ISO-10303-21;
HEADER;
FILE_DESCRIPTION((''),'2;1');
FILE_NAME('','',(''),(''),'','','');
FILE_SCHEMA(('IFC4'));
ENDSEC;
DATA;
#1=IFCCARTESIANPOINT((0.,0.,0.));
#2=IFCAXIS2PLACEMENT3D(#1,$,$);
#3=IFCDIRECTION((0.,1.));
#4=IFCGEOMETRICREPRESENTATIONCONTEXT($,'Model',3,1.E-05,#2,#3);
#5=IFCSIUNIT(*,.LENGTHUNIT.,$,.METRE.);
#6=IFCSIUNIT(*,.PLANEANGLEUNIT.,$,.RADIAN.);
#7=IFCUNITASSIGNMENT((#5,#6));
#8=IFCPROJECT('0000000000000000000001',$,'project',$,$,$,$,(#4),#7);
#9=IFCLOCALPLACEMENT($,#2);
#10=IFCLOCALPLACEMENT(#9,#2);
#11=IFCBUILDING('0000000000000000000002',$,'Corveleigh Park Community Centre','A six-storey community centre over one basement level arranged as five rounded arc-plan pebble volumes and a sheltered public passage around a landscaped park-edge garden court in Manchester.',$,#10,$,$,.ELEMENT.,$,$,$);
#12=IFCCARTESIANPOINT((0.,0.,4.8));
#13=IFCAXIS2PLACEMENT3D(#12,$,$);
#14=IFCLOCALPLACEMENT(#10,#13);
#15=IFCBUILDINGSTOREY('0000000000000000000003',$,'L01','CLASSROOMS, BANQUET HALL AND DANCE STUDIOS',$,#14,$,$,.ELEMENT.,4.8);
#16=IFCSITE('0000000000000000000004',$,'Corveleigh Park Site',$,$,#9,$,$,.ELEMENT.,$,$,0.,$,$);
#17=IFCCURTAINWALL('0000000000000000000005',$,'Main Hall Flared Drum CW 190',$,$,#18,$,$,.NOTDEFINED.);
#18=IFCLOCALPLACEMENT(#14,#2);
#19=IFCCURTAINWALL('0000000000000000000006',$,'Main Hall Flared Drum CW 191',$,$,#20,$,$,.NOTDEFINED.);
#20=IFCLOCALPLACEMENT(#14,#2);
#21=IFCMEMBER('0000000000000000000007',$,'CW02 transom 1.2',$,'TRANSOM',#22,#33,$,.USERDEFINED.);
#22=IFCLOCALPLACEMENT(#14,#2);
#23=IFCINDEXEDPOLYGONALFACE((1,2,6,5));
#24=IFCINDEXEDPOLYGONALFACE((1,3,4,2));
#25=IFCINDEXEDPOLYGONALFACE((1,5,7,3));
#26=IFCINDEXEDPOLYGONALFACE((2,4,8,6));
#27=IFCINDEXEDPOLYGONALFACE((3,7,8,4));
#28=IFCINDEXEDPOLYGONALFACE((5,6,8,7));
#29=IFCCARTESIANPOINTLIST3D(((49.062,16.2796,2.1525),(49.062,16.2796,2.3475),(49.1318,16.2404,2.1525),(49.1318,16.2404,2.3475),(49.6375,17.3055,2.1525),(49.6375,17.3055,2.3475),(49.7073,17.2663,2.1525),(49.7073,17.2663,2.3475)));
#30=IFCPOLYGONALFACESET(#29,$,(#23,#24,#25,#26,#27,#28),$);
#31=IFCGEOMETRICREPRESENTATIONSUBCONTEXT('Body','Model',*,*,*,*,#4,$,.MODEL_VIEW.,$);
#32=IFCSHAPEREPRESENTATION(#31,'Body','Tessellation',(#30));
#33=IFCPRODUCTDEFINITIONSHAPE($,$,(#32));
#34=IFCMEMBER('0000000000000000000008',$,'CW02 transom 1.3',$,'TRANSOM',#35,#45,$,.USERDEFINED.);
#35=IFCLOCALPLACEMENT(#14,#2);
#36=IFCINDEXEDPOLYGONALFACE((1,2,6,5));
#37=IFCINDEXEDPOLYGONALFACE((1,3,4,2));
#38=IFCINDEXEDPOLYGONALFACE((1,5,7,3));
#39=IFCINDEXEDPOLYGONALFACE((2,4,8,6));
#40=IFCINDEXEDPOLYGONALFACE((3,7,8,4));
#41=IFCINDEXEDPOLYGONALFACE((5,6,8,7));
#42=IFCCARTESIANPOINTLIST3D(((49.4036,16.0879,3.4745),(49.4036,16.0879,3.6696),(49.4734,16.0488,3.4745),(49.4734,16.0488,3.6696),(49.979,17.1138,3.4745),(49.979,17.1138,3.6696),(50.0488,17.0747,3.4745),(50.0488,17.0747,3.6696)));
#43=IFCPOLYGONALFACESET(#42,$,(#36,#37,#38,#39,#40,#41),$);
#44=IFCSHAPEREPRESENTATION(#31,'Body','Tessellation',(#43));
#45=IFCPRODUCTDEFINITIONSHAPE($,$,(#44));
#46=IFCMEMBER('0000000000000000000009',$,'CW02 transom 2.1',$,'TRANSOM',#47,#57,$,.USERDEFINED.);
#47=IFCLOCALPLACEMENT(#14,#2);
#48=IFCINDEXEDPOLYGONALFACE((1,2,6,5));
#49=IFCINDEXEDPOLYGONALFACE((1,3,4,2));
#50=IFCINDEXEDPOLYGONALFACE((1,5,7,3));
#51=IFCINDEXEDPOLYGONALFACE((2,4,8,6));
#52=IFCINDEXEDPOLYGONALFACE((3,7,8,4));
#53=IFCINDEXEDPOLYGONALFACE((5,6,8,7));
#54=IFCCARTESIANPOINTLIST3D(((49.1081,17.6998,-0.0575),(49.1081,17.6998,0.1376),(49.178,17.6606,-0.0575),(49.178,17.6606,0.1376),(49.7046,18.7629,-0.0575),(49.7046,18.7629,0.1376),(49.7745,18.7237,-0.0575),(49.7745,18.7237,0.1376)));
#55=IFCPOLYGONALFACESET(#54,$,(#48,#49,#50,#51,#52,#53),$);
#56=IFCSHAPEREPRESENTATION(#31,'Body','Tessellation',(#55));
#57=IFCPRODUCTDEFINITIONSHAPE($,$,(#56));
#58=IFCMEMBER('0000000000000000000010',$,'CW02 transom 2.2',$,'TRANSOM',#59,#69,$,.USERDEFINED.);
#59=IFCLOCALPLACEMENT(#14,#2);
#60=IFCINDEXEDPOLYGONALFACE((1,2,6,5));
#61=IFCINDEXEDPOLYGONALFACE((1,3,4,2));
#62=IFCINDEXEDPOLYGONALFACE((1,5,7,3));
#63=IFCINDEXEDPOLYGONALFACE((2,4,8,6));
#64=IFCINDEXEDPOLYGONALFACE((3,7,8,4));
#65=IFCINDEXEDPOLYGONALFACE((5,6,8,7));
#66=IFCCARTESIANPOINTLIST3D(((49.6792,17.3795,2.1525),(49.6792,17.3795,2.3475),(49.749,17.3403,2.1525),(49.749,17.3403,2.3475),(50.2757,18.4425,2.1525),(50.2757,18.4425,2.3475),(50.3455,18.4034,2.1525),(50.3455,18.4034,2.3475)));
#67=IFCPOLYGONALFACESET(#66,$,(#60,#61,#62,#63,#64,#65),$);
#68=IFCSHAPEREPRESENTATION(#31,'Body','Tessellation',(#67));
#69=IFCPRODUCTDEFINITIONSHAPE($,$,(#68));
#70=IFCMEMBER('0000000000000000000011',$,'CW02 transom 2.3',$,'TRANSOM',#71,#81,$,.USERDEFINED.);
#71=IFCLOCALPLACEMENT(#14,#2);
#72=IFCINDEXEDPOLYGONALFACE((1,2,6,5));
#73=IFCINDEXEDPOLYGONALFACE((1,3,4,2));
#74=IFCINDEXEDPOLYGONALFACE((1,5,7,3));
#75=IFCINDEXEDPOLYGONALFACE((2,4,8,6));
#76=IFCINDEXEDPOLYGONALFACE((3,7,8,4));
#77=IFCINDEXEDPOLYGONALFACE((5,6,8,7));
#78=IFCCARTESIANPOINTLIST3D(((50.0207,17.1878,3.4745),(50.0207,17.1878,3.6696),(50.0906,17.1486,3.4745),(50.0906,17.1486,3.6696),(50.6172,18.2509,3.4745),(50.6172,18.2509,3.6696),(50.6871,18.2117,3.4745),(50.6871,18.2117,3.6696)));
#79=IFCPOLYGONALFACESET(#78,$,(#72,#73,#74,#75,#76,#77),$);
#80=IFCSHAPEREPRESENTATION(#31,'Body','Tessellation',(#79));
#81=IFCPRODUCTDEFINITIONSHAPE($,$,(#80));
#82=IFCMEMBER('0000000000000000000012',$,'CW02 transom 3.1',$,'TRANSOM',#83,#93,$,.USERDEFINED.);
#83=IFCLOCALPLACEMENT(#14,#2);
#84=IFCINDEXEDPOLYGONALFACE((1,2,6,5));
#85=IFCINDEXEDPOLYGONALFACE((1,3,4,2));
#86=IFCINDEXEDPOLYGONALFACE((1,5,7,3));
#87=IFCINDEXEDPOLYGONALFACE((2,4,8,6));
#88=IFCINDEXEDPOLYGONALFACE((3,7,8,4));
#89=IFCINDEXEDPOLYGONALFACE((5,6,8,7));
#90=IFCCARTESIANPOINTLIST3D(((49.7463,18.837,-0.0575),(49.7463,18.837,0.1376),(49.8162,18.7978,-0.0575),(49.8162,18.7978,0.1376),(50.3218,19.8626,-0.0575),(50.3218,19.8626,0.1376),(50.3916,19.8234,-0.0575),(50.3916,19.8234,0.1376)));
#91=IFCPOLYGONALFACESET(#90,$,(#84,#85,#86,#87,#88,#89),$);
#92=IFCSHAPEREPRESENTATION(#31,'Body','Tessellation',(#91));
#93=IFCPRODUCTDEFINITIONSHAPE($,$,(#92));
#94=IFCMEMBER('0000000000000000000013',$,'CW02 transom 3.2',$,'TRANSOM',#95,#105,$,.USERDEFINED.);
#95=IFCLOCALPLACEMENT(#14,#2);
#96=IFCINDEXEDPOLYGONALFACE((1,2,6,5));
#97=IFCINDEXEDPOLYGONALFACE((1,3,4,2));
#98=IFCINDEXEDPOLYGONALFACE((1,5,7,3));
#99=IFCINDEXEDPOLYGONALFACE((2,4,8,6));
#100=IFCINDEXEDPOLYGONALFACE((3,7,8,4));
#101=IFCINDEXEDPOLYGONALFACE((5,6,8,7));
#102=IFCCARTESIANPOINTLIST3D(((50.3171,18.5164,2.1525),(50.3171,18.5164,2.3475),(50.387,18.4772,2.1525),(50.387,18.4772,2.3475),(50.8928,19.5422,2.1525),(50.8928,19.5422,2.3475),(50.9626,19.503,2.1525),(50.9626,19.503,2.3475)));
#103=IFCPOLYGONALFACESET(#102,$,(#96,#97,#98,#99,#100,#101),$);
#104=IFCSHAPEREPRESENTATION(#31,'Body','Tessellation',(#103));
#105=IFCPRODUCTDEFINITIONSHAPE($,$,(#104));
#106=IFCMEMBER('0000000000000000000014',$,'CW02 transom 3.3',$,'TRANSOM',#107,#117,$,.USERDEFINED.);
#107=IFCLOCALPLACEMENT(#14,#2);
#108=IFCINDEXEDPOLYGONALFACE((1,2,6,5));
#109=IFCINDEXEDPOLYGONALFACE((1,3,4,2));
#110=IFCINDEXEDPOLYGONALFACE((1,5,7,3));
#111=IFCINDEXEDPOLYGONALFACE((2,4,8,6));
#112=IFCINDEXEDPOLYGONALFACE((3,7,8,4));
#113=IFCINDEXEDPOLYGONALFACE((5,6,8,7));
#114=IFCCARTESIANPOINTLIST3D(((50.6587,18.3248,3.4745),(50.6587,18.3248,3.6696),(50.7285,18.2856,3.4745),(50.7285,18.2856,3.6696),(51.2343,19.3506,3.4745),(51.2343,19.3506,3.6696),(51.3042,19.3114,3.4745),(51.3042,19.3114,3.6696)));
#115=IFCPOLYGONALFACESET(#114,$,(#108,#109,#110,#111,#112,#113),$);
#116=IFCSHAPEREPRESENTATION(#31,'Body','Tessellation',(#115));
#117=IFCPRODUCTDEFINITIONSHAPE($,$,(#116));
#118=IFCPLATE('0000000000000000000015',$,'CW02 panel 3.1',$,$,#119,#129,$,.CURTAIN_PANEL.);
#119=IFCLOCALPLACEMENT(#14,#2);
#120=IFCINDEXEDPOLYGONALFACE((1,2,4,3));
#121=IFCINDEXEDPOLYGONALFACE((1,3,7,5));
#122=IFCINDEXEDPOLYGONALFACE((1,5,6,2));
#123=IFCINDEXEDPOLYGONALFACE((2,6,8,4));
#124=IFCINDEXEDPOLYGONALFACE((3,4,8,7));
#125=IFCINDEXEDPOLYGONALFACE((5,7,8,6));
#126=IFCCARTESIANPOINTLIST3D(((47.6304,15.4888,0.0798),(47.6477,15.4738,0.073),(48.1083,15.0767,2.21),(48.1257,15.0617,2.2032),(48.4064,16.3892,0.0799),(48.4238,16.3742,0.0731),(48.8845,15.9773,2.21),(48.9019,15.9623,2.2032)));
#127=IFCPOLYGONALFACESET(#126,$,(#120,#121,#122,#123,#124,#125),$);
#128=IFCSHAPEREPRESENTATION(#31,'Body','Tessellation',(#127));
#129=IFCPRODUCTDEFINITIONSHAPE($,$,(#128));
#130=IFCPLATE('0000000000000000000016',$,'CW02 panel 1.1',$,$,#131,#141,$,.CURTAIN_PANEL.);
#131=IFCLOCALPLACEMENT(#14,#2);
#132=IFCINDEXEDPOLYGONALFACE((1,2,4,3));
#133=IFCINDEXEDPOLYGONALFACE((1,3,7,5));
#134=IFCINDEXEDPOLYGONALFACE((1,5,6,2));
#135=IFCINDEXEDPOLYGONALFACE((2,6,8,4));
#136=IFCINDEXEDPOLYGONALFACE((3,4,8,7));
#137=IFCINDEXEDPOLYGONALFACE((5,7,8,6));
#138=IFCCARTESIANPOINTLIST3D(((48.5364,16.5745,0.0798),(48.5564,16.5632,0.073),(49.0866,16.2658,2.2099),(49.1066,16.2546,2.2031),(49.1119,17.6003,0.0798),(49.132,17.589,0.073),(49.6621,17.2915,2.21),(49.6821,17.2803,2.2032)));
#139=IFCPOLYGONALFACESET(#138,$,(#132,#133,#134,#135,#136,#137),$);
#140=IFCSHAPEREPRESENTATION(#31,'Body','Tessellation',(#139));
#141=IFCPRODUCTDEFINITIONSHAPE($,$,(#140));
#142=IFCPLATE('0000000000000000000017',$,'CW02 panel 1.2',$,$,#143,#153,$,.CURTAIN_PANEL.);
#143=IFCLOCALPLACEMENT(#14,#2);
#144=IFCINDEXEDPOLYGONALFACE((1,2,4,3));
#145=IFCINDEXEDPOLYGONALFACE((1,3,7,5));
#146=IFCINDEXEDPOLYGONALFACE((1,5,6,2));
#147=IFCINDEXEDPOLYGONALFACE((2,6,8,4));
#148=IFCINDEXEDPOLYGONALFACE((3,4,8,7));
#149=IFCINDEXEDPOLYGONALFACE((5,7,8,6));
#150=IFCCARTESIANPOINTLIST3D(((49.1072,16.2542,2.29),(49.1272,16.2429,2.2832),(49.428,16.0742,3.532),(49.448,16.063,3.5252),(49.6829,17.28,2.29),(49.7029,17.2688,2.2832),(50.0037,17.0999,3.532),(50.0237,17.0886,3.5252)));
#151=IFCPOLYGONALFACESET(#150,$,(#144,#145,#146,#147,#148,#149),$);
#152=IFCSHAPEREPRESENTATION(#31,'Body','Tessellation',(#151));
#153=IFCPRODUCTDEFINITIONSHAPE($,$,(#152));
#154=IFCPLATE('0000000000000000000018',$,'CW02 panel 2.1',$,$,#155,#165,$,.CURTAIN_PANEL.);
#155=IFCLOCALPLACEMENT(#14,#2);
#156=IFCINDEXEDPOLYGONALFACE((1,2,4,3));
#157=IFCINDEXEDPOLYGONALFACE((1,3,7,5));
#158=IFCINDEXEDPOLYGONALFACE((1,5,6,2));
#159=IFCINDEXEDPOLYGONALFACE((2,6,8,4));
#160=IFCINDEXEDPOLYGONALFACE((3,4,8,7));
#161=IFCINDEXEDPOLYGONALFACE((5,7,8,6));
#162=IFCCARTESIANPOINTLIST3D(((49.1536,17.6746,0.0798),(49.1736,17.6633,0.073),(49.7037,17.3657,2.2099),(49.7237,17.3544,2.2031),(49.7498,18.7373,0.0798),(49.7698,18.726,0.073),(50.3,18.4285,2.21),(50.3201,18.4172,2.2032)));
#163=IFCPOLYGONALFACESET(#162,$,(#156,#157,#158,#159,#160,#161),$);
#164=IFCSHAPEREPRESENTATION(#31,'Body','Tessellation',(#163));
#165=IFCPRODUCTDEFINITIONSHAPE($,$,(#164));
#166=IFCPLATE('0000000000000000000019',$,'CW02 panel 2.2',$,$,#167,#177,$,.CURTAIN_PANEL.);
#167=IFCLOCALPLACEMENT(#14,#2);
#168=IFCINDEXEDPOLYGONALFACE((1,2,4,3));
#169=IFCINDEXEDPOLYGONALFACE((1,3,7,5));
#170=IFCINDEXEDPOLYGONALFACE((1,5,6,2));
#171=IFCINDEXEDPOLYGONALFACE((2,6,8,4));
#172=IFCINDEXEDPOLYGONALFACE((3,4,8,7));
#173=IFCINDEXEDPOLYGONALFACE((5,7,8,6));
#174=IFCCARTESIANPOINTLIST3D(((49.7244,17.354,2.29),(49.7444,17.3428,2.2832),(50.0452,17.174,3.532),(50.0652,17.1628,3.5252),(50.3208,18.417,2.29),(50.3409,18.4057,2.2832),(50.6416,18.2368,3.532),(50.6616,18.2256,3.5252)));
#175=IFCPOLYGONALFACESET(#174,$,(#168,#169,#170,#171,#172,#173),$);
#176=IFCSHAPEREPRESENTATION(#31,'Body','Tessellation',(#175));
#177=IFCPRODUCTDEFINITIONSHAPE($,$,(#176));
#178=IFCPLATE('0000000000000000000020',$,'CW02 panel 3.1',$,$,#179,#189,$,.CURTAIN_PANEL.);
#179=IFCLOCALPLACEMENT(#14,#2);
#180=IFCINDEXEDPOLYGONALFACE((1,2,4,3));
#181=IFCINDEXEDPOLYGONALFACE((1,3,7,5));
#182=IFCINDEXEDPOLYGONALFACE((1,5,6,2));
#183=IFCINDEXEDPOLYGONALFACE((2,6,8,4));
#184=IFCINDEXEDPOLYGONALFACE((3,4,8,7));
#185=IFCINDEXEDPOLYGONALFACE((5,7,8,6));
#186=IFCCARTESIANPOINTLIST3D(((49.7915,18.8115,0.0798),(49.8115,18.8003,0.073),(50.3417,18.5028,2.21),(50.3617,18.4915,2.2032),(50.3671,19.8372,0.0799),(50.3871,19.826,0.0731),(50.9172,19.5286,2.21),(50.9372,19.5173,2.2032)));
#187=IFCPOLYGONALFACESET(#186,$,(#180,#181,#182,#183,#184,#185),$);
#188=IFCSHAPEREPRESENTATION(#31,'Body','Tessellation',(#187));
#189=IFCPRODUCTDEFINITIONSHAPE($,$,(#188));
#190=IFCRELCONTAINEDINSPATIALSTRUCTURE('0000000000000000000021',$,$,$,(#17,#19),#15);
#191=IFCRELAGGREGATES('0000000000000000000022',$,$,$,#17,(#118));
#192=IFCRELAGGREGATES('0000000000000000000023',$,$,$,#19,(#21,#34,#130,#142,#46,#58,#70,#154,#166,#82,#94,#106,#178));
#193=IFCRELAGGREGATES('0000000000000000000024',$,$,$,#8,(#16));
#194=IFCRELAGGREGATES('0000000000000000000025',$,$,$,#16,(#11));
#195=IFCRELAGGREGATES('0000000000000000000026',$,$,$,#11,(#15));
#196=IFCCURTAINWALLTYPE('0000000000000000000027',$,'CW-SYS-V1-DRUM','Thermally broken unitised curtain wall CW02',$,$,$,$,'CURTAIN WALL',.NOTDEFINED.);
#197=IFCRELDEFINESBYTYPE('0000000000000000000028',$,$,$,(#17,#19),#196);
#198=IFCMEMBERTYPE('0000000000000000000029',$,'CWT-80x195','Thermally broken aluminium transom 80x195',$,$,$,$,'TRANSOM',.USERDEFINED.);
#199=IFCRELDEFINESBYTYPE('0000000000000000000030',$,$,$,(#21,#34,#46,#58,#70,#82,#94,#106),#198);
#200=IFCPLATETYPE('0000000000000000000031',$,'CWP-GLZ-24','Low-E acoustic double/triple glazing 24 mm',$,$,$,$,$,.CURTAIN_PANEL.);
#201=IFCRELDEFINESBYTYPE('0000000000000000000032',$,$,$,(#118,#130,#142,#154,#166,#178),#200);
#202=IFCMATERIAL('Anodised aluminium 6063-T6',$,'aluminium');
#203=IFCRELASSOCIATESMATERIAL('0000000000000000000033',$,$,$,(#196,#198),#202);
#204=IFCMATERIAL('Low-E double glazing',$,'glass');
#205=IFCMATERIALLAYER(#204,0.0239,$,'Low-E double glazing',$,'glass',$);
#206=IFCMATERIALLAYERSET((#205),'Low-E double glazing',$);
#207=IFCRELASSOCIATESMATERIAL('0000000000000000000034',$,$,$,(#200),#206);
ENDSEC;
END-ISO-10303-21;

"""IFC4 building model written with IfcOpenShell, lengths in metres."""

from ifc_helpers import new_model, si_unit, direction, frame, origin, origin_2d, place, context, subcontext, project, spatial, polyline, rectangle, outline, extrude, material, layer, layer_set, material_profile, profile_set, type_object, element, aggregate, save


model = new_model("IFC4")

# Units and contexts
model_context = context("Model", 3, precision=1e-05, world=origin(), true_north=direction((0.0, 1.0)))
body_context = subcontext(model_context, "Body", "Model", "MODEL_VIEW")
ifc_project = project(units=[si_unit("LENGTHUNIT", "METRE"), si_unit("PLANEANGLEUNIT", "RADIAN")], contexts=[model_context])

# Site, building, storey
site_placement = place(None, origin())
site = spatial("IfcSite", under=ifc_project, at=site_placement, Name="Corveleigh Park Site", CompositionType="ELEMENT", RefElevation=0.0)
building_placement = place(site_placement, origin())
building = spatial("IfcBuilding", under=site, at=building_placement, Name="Corveleigh Park Community Centre", Description="A six-storey community centre over one basement level arranged as five rounded arc-plan pebble volumes and a sheltered public passage around a landscaped park-edge garden court in Manchester.", CompositionType="ELEMENT")
storey_placement = place(building_placement, frame((0.0, 0.0, 4.8)))
storey = spatial("IfcBuildingStorey", under=building, at=storey_placement, Name="L01", Description="CLASSROOMS, BANQUET HALL AND DANCE STUDIOS", CompositionType="ELEMENT", Elevation=4.8)

# Curtain walls
ifc_material_1 = material(Name="Anodised aluminium 6063-T6", Category="aluminium")
curtain_wall_type = type_object("IfcCurtainWallType", Name="CW-SYS-V1-DRUM", Description="Thermally broken unitised curtain wall CW02", ElementType="CURTAIN WALL", PredefinedType="NOTDEFINED", material=ifc_material_1)
curtain_wall_1_placement = place(storey_placement, origin())
curtain_wall_1 = element("IfcCurtainWall", 1, at=curtain_wall_1_placement, inside=storey, type_object=curtain_wall_type, Name="Main Hall Flared Drum CW 190", PredefinedType="NOTDEFINED")
curtain_wall_2_placement = place(storey_placement, origin())
curtain_wall_2 = element("IfcCurtainWall", 2, at=curtain_wall_2_placement, inside=storey, type_object=curtain_wall_type, Name="Main Hall Flared Drum CW 191", PredefinedType="NOTDEFINED")

# Members
ifc_material_profile_1 = material_profile(ifc_material_1, rectangle(XDim=0.0801, YDim=0.1951, at=origin_2d()), Name="ALU-T80x195", Category="aluminium")
ifc_profile_set_1 = profile_set([ifc_material_profile_1], Name="Anodised aluminium 6063-T6")
member_type_1 = type_object("IfcMemberType", Name="CWT-80x195", Description="Thermally broken aluminium transom 80x195", ElementType="TRANSOM", PredefinedType="USERDEFINED", material=ifc_profile_set_1)
member_1_placement = place(storey_placement, frame((49.0969, 16.26, 2.25), z_axis=(0.489216, 0.872162, 0.0), x_axis=(-0.872162, 0.489216, 0.0)))
member_1 = element("IfcMember", 3, at=member_1_placement, type_object=member_type_1, Name="CW02 transom 1.2", ObjectType="TRANSOM", PredefinedType="USERDEFINED", context=body_context, shape_type="SweptSolid", body=[
    extrude(rectangle(XDim=0.0801, YDim=0.1951, at=origin_2d()), origin(), (0.0, 0.0, 1.0), 1.1763),
])
member_2_placement = place(storey_placement, frame((49.4385, 16.0684, 3.572), z_axis=(0.489216, 0.872162, 0.0), x_axis=(-0.872162, 0.489216, 0.0)))
member_2 = element("IfcMember", 4, at=member_2_placement, type_object=member_type_1, Name="CW02 transom 1.3", ObjectType="TRANSOM", PredefinedType="USERDEFINED", context=body_context, shape_type="SweptSolid", body=[
    extrude(rectangle(XDim=0.0801, YDim=0.1951, at=origin_2d()), origin(), (0.0, 0.0, 1.0), 1.1763),
])
member_3_placement = place(storey_placement, frame((49.1431, 17.6802, 0.04), z_axis=(0.489329, 0.872099, 0.0), x_axis=(-0.872099, 0.489329, 0.0)))
member_3 = element("IfcMember", 5, at=member_3_placement, type_object=member_type_1, Name="CW02 transom 2.1", ObjectType="TRANSOM", PredefinedType="USERDEFINED", context=body_context, shape_type="SweptSolid", body=[
    extrude(rectangle(XDim=0.0801, YDim=0.1951, at=origin_2d()), origin(), (0.0, 0.0, 1.0), 1.219),
])
member_4_placement = place(storey_placement, frame((49.7141, 17.3599, 2.25), z_axis=(0.489329, 0.872099, 0.0), x_axis=(-0.872099, 0.489329, 0.0)))
member_4 = element("IfcMember", 6, at=member_4_placement, type_object=member_type_1, Name="CW02 transom 2.2", ObjectType="TRANSOM", PredefinedType="USERDEFINED", context=body_context, shape_type="SweptSolid", body=[
    extrude(rectangle(XDim=0.0801, YDim=0.1951, at=origin_2d()), origin(), (0.0, 0.0, 1.0), 1.219),
])
member_5_placement = place(storey_placement, frame((50.0557, 17.1682, 3.572), z_axis=(0.489329, 0.872099, 0.0), x_axis=(-0.872099, 0.489329, 0.0)))
member_5 = element("IfcMember", 7, at=member_5_placement, type_object=member_type_1, Name="CW02 transom 2.3", ObjectType="TRANSOM", PredefinedType="USERDEFINED", context=body_context, shape_type="SweptSolid", body=[
    extrude(rectangle(XDim=0.0801, YDim=0.1951, at=origin_2d()), origin(), (0.0, 0.0, 1.0), 1.219),
])
member_6_placement = place(storey_placement, frame((49.7812, 18.8174, 0.04), z_axis=(0.489305, 0.872113, 0.0), x_axis=(-0.872113, 0.489305, 0.0)))
member_6 = element("IfcMember", 8, at=member_6_placement, type_object=member_type_1, Name="CW02 transom 3.1", ObjectType="TRANSOM", PredefinedType="USERDEFINED", context=body_context, shape_type="SweptSolid", body=[
    extrude(rectangle(XDim=0.0801, YDim=0.1951, at=origin_2d()), origin(), (0.0, 0.0, 1.0), 1.176),
])
member_7_placement = place(storey_placement, frame((50.3521, 18.4968, 2.25), z_axis=(0.489374, 0.872074, 0.0), x_axis=(-0.872074, 0.489374, 0.0)))
member_7 = element("IfcMember", 9, at=member_7_placement, type_object=member_type_1, Name="CW02 transom 3.2", ObjectType="TRANSOM", PredefinedType="USERDEFINED", context=body_context, shape_type="SweptSolid", body=[
    extrude(rectangle(XDim=0.0801, YDim=0.1951, at=origin_2d()), origin(), (0.0, 0.0, 1.0), 1.1763),
])
member_8_placement = place(storey_placement, frame((50.6936, 18.3052, 3.572), z_axis=(0.489374, 0.872074, 0.0), x_axis=(-0.872074, 0.489374, 0.0)))
member_8 = element("IfcMember", 10, at=member_8_placement, type_object=member_type_1, Name="CW02 transom 3.3", ObjectType="TRANSOM", PredefinedType="USERDEFINED", context=body_context, shape_type="SweptSolid", body=[
    extrude(rectangle(XDim=0.0801, YDim=0.1951, at=origin_2d()), origin(), (0.0, 0.0, 1.0), 1.1763),
])

# Plates
ifc_material_2 = material(Name="Low-E double glazing", Category="glass")
ifc_layer_1 = layer(ifc_material_2, 0.0239, Name="Low-E double glazing", Category="glass")
ifc_layer_set_1 = layer_set([ifc_layer_1], Name="Low-E double glazing")
plate_type_1 = type_object("IfcPlateType", Name="CWP-GLZ-24", Description="Low-E acoustic double/triple glazing 24 mm", PredefinedType="CURTAIN_PANEL", material=ifc_layer_set_1)
plate_1_placement = place(storey_placement, frame((47.6304, 15.4888, 0.0798), z_axis=(-0.726283, 0.62596, 0.284054), x_axis=(0.652856, 0.757482, 0.000018)))
plate_1 = element("IfcPlate", 11, at=plate_1_placement, type_object=plate_type_1, Name="CW02 panel 3.1", PredefinedType="CURTAIN_PANEL", context=body_context, shape_type="SweptSolid", body=[
    extrude(outline(polyline([(0.0, 0.0), (1.1887, 0.0), (1.1889, -2.2216), (0.0, -2.2217), (0.0, 0.0)])), origin(), (0.0, 0.0, -1.0), 0.0239),
])
aggregate(curtain_wall_1, [plate_1])
plate_2_placement = place(storey_placement, frame((48.5364, 16.5745, 0.0798), z_axis=(-0.836192, 0.469195, 0.283972), x_axis=(0.48933, 0.872099, -0.000038)))
plate_2 = element("IfcPlate", 12, at=plate_2_placement, type_object=plate_type_1, Name="CW02 panel 1.1", PredefinedType="CURTAIN_PANEL", context=body_context, shape_type="SweptSolid", body=[
    extrude(outline(polyline([(0.0, 0.0), (1.1762, 0.0), (1.1761, -2.2216), (-0.0001, -2.2215), (0.0, 0.0)])), origin(), (0.0, 0.0, -1.0), 0.0239),
])
plate_3_placement = place(storey_placement, frame((49.1072, 16.2542, 2.29), z_axis=(-0.836139, 0.469265, 0.284012), x_axis=(0.489415, 0.872051, -0.000014)))
plate_3 = element("IfcPlate", 13, at=plate_3_placement, type_object=plate_type_1, Name="CW02 panel 1.2", PredefinedType="CURTAIN_PANEL", context=body_context, shape_type="SweptSolid", body=[
    extrude(outline(polyline([(0.0, 0.0), (1.1764, 0.0), (1.1762, -1.2953), (0.0001, -1.2953), (0.0, 0.0)])), origin(), (0.0, 0.0, -1.0), 0.0239),
])
plate_4_placement = place(storey_placement, frame((49.1536, 17.6746, 0.0798), z_axis=(-0.836186, 0.46919, 0.283997), x_axis=(0.489332, 0.872097, -0.000024)))
plate_4 = element("IfcPlate", 14, at=plate_4_placement, type_object=plate_type_1, Name="CW02 panel 2.1", PredefinedType="CURTAIN_PANEL", context=body_context, shape_type="SweptSolid", body=[
    extrude(outline(polyline([(0.0, 0.0), (1.2186, 0.0), (1.2184, -2.2216), (-0.0002, -2.2216), (0.0, 0.0)])), origin(), (0.0, 0.0, -1.0), 0.0239),
])
plate_5_placement = place(storey_placement, frame((49.7244, 17.354, 2.29), z_axis=(-0.836164, 0.46922, 0.284012), x_axis=(0.489368, 0.872077, -0.000013)))
plate_5 = element("IfcPlate", 15, at=plate_5_placement, type_object=plate_type_1, Name="CW02 panel 2.2", PredefinedType="CURTAIN_PANEL", context=body_context, shape_type="SweptSolid", body=[
    extrude(outline(polyline([(0.0, 0.0), (1.2189, 0.0), (1.2187, -1.2953), (0.0001, -1.2953), (0.0, 0.0)])), origin(), (0.0, 0.0, -1.0), 0.0239),
])
plate_6_placement = place(storey_placement, frame((49.7915, 18.8115, 0.0798), z_axis=(-0.836192, 0.469195, 0.283972), x_axis=(0.489349, 0.872088, 0.000038)))
plate_6 = element("IfcPlate", 16, at=plate_6_placement, type_object=plate_type_1, Name="CW02 panel 3.1", PredefinedType="CURTAIN_PANEL", context=body_context, shape_type="SweptSolid", body=[
    extrude(outline(polyline([(0.0, 0.0), (1.1762, 0.0), (1.1763, -2.2215), (0.0, -2.2216), (0.0, 0.0)])), origin(), (0.0, 0.0, -1.0), 0.0239),
])
aggregate(curtain_wall_2, [member_1, member_2, plate_2, plate_3, member_3, member_4, member_5, plate_4, plate_5, member_6, member_7, member_8, plate_6])

save(model, "model.ifc")
